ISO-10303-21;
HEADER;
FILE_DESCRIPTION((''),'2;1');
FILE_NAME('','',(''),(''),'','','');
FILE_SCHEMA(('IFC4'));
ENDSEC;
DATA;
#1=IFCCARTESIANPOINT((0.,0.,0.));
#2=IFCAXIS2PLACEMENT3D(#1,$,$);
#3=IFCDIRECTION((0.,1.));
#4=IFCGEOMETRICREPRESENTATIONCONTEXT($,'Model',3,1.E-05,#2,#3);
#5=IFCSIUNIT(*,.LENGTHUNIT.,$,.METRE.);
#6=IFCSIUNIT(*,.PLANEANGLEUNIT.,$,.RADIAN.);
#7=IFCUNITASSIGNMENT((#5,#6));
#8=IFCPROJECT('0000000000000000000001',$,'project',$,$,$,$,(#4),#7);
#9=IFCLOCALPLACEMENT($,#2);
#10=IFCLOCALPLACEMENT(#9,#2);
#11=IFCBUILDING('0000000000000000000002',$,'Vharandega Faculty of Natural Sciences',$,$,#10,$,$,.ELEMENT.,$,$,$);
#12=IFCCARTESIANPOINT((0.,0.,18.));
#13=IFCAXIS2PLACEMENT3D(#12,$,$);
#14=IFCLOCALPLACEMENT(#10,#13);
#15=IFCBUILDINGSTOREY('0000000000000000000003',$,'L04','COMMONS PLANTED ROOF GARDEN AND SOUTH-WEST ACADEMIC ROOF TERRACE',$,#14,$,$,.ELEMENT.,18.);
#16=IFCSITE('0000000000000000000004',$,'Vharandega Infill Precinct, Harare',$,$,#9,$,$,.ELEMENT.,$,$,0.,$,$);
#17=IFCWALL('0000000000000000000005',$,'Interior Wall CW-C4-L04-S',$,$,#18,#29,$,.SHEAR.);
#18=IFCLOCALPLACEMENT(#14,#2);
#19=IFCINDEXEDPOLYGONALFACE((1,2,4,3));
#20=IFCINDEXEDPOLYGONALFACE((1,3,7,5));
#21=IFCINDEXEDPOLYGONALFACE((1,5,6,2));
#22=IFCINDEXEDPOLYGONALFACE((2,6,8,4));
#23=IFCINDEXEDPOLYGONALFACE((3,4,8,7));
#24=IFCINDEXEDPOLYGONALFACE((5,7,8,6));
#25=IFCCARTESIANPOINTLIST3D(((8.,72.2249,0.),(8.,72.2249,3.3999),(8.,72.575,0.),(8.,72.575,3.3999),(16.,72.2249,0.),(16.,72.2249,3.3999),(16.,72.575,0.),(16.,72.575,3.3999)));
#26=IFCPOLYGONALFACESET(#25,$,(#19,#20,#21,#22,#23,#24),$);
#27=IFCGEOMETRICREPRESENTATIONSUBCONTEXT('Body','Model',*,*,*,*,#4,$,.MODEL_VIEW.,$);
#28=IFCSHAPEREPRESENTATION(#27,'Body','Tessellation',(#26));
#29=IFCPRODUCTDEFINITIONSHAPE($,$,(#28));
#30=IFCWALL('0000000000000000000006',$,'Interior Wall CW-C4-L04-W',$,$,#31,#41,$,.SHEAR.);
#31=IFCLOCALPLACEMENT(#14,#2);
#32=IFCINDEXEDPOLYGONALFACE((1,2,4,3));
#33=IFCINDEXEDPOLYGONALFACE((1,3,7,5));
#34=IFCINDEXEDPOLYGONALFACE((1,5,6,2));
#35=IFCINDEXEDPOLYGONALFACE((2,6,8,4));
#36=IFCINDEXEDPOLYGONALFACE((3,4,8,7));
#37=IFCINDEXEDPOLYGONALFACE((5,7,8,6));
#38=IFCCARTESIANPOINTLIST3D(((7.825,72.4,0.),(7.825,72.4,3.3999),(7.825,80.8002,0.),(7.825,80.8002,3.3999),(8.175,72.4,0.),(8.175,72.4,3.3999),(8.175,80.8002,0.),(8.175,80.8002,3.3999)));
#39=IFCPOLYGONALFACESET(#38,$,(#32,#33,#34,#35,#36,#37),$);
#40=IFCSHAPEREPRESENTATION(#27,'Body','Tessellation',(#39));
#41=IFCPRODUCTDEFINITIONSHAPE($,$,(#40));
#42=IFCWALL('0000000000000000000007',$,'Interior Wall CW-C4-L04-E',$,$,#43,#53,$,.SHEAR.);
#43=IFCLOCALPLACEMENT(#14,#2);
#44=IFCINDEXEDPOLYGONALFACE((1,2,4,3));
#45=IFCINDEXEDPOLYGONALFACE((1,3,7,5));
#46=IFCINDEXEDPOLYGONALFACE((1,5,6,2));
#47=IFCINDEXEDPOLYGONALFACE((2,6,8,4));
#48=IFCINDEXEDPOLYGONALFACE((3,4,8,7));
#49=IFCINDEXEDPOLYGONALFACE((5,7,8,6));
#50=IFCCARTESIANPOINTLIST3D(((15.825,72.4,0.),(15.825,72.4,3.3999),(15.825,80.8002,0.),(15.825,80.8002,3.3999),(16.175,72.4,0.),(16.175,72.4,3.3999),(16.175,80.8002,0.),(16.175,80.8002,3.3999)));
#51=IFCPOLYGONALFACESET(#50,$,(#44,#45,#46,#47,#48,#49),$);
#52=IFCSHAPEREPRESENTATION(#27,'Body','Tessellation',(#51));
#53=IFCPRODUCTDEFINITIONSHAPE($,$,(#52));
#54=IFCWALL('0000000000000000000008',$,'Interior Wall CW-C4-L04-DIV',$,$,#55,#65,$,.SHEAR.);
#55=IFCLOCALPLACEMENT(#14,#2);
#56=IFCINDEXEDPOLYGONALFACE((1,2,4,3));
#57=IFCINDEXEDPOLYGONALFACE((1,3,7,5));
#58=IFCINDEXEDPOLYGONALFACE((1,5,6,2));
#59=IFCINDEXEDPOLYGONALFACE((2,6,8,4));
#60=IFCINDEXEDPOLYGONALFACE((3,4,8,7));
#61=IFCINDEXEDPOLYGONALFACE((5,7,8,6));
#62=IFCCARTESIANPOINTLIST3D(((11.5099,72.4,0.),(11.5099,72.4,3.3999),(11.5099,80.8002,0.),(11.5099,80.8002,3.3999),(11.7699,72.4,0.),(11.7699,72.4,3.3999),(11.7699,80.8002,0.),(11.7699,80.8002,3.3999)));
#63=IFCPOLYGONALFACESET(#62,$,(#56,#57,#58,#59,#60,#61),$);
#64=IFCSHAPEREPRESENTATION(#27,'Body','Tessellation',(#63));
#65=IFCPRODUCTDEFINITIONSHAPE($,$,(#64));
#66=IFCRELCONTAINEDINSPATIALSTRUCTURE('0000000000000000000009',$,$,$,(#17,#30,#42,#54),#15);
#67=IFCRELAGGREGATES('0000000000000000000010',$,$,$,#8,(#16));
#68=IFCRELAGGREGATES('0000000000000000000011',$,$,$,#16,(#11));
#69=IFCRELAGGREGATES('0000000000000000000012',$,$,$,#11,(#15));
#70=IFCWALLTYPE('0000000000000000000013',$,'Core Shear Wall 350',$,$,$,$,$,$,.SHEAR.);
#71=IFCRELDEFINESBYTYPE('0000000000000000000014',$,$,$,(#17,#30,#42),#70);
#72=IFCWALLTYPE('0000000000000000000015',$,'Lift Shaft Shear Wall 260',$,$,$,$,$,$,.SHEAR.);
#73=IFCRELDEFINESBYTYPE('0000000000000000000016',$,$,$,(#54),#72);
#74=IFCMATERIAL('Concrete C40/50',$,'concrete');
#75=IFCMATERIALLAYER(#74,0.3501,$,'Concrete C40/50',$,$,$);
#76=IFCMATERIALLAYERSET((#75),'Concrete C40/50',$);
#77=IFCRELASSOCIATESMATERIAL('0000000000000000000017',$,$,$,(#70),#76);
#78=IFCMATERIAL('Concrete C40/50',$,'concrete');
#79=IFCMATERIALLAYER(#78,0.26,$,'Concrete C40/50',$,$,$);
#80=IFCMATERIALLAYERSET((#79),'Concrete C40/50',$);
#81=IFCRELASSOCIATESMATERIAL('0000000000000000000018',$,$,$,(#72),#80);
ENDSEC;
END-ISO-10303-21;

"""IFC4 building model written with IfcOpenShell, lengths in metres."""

from ifc_helpers import new_model, si_unit, direction, frame, frame_2d, origin, place, context, subcontext, project, spatial, rectangle, extrude, material, layer, layer_set, type_object, element, save


model = new_model("IFC4")

# Units and contexts
model_context = context("Model", 3, precision=1e-05, world=origin(), true_north=direction((0.0, 1.0)))
body_context = subcontext(model_context, "Body", "Model", "MODEL_VIEW")
ifc_project = project(units=[si_unit("LENGTHUNIT", "METRE"), si_unit("PLANEANGLEUNIT", "RADIAN")], contexts=[model_context])

# Site, building, storey
site_placement = place(None, origin())
site = spatial("IfcSite", under=ifc_project, at=site_placement, Name="Vharandega Infill Precinct, Harare", CompositionType="ELEMENT", RefElevation=0.0)
building_placement = place(site_placement, origin())
building = spatial("IfcBuilding", under=site, at=building_placement, Name="Vharandega Faculty of Natural Sciences", CompositionType="ELEMENT")
storey_placement = place(building_placement, frame((0.0, 0.0, 18.0)))
storey = spatial("IfcBuildingStorey", under=building, at=storey_placement, Name="L04", Description="COMMONS PLANTED ROOF GARDEN AND SOUTH-WEST ACADEMIC ROOF TERRACE", CompositionType="ELEMENT", Elevation=18.0)

# Walls
ifc_material_1 = material(Name="Concrete C40/50", Category="concrete")
ifc_layer_1 = layer(ifc_material_1, 0.3501, Name="Concrete C40/50")
ifc_layer_set_1 = layer_set([ifc_layer_1], Name="Concrete C40/50")
wall_type_1 = type_object("IfcWallType", Name="Core Shear Wall 350", PredefinedType="SHEAR", material=ifc_layer_set_1)
wall_1_placement = place(storey_placement, frame((8.0, 72.3999, 0.0), z_axis=(0.0, 0.0, 1.0), x_axis=(1.0, 0.0, 0.0)))
element("IfcWall", 1, at=wall_1_placement, inside=storey, type_object=wall_type_1, Name="Interior Wall CW-C4-L04-S", PredefinedType="SHEAR", context=body_context, shape_type="SweptSolid", body=[
    extrude(rectangle(XDim=8.0, YDim=0.3501, at=frame_2d((4.0, 0.0))), origin(), (0.0, 0.0, 1.0), 3.3999),
])
for number, where, z_axis, x_axis, name in (
    (2, (8.0, 72.3999, 0.0), (0.0, 0.0, 1.0), (0.0, 1.0, 0.0), "Interior Wall CW-C4-L04-W"),
    (3, (16.0, 72.3999, 0.0), (0.0, 0.0, 1.0), (0.0, 1.0, 0.0), "Interior Wall CW-C4-L04-E"),
):
    element("IfcWall", number, at=place(storey_placement, frame(where, z_axis=z_axis, x_axis=x_axis)), inside=storey, type_object=wall_type_1, Name=name, PredefinedType="SHEAR", context=body_context, shape_type="SweptSolid", body=[
        extrude(rectangle(XDim=8.4001, YDim=0.3501, at=frame_2d((4.2002, 0.0))), origin(), (0.0, 0.0, 1.0), 3.3999),
    ])
ifc_material_2 = material(Name="Concrete C40/50", Category="concrete")
ifc_layer_2 = layer(ifc_material_2, 0.26, Name="Concrete C40/50")
ifc_layer_set_2 = layer_set([ifc_layer_2], Name="Concrete C40/50")
wall_type_2 = type_object("IfcWallType", Name="Lift Shaft Shear Wall 260", PredefinedType="SHEAR", material=ifc_layer_set_2)
wall_2_placement = place(storey_placement, frame((11.6399, 72.3999, 0.0), z_axis=(0.0, 0.0, 1.0), x_axis=(0.0, 1.0, 0.0)))
element("IfcWall", 4, at=wall_2_placement, inside=storey, type_object=wall_type_2, Name="Interior Wall CW-C4-L04-DIV", PredefinedType="SHEAR", context=body_context, shape_type="SweptSolid", body=[
    extrude(rectangle(XDim=8.4001, YDim=0.26, at=frame_2d((4.2002, 0.0))), origin(), (0.0, 0.0, 1.0), 3.3999),
])

save(model, "model.ifc")
